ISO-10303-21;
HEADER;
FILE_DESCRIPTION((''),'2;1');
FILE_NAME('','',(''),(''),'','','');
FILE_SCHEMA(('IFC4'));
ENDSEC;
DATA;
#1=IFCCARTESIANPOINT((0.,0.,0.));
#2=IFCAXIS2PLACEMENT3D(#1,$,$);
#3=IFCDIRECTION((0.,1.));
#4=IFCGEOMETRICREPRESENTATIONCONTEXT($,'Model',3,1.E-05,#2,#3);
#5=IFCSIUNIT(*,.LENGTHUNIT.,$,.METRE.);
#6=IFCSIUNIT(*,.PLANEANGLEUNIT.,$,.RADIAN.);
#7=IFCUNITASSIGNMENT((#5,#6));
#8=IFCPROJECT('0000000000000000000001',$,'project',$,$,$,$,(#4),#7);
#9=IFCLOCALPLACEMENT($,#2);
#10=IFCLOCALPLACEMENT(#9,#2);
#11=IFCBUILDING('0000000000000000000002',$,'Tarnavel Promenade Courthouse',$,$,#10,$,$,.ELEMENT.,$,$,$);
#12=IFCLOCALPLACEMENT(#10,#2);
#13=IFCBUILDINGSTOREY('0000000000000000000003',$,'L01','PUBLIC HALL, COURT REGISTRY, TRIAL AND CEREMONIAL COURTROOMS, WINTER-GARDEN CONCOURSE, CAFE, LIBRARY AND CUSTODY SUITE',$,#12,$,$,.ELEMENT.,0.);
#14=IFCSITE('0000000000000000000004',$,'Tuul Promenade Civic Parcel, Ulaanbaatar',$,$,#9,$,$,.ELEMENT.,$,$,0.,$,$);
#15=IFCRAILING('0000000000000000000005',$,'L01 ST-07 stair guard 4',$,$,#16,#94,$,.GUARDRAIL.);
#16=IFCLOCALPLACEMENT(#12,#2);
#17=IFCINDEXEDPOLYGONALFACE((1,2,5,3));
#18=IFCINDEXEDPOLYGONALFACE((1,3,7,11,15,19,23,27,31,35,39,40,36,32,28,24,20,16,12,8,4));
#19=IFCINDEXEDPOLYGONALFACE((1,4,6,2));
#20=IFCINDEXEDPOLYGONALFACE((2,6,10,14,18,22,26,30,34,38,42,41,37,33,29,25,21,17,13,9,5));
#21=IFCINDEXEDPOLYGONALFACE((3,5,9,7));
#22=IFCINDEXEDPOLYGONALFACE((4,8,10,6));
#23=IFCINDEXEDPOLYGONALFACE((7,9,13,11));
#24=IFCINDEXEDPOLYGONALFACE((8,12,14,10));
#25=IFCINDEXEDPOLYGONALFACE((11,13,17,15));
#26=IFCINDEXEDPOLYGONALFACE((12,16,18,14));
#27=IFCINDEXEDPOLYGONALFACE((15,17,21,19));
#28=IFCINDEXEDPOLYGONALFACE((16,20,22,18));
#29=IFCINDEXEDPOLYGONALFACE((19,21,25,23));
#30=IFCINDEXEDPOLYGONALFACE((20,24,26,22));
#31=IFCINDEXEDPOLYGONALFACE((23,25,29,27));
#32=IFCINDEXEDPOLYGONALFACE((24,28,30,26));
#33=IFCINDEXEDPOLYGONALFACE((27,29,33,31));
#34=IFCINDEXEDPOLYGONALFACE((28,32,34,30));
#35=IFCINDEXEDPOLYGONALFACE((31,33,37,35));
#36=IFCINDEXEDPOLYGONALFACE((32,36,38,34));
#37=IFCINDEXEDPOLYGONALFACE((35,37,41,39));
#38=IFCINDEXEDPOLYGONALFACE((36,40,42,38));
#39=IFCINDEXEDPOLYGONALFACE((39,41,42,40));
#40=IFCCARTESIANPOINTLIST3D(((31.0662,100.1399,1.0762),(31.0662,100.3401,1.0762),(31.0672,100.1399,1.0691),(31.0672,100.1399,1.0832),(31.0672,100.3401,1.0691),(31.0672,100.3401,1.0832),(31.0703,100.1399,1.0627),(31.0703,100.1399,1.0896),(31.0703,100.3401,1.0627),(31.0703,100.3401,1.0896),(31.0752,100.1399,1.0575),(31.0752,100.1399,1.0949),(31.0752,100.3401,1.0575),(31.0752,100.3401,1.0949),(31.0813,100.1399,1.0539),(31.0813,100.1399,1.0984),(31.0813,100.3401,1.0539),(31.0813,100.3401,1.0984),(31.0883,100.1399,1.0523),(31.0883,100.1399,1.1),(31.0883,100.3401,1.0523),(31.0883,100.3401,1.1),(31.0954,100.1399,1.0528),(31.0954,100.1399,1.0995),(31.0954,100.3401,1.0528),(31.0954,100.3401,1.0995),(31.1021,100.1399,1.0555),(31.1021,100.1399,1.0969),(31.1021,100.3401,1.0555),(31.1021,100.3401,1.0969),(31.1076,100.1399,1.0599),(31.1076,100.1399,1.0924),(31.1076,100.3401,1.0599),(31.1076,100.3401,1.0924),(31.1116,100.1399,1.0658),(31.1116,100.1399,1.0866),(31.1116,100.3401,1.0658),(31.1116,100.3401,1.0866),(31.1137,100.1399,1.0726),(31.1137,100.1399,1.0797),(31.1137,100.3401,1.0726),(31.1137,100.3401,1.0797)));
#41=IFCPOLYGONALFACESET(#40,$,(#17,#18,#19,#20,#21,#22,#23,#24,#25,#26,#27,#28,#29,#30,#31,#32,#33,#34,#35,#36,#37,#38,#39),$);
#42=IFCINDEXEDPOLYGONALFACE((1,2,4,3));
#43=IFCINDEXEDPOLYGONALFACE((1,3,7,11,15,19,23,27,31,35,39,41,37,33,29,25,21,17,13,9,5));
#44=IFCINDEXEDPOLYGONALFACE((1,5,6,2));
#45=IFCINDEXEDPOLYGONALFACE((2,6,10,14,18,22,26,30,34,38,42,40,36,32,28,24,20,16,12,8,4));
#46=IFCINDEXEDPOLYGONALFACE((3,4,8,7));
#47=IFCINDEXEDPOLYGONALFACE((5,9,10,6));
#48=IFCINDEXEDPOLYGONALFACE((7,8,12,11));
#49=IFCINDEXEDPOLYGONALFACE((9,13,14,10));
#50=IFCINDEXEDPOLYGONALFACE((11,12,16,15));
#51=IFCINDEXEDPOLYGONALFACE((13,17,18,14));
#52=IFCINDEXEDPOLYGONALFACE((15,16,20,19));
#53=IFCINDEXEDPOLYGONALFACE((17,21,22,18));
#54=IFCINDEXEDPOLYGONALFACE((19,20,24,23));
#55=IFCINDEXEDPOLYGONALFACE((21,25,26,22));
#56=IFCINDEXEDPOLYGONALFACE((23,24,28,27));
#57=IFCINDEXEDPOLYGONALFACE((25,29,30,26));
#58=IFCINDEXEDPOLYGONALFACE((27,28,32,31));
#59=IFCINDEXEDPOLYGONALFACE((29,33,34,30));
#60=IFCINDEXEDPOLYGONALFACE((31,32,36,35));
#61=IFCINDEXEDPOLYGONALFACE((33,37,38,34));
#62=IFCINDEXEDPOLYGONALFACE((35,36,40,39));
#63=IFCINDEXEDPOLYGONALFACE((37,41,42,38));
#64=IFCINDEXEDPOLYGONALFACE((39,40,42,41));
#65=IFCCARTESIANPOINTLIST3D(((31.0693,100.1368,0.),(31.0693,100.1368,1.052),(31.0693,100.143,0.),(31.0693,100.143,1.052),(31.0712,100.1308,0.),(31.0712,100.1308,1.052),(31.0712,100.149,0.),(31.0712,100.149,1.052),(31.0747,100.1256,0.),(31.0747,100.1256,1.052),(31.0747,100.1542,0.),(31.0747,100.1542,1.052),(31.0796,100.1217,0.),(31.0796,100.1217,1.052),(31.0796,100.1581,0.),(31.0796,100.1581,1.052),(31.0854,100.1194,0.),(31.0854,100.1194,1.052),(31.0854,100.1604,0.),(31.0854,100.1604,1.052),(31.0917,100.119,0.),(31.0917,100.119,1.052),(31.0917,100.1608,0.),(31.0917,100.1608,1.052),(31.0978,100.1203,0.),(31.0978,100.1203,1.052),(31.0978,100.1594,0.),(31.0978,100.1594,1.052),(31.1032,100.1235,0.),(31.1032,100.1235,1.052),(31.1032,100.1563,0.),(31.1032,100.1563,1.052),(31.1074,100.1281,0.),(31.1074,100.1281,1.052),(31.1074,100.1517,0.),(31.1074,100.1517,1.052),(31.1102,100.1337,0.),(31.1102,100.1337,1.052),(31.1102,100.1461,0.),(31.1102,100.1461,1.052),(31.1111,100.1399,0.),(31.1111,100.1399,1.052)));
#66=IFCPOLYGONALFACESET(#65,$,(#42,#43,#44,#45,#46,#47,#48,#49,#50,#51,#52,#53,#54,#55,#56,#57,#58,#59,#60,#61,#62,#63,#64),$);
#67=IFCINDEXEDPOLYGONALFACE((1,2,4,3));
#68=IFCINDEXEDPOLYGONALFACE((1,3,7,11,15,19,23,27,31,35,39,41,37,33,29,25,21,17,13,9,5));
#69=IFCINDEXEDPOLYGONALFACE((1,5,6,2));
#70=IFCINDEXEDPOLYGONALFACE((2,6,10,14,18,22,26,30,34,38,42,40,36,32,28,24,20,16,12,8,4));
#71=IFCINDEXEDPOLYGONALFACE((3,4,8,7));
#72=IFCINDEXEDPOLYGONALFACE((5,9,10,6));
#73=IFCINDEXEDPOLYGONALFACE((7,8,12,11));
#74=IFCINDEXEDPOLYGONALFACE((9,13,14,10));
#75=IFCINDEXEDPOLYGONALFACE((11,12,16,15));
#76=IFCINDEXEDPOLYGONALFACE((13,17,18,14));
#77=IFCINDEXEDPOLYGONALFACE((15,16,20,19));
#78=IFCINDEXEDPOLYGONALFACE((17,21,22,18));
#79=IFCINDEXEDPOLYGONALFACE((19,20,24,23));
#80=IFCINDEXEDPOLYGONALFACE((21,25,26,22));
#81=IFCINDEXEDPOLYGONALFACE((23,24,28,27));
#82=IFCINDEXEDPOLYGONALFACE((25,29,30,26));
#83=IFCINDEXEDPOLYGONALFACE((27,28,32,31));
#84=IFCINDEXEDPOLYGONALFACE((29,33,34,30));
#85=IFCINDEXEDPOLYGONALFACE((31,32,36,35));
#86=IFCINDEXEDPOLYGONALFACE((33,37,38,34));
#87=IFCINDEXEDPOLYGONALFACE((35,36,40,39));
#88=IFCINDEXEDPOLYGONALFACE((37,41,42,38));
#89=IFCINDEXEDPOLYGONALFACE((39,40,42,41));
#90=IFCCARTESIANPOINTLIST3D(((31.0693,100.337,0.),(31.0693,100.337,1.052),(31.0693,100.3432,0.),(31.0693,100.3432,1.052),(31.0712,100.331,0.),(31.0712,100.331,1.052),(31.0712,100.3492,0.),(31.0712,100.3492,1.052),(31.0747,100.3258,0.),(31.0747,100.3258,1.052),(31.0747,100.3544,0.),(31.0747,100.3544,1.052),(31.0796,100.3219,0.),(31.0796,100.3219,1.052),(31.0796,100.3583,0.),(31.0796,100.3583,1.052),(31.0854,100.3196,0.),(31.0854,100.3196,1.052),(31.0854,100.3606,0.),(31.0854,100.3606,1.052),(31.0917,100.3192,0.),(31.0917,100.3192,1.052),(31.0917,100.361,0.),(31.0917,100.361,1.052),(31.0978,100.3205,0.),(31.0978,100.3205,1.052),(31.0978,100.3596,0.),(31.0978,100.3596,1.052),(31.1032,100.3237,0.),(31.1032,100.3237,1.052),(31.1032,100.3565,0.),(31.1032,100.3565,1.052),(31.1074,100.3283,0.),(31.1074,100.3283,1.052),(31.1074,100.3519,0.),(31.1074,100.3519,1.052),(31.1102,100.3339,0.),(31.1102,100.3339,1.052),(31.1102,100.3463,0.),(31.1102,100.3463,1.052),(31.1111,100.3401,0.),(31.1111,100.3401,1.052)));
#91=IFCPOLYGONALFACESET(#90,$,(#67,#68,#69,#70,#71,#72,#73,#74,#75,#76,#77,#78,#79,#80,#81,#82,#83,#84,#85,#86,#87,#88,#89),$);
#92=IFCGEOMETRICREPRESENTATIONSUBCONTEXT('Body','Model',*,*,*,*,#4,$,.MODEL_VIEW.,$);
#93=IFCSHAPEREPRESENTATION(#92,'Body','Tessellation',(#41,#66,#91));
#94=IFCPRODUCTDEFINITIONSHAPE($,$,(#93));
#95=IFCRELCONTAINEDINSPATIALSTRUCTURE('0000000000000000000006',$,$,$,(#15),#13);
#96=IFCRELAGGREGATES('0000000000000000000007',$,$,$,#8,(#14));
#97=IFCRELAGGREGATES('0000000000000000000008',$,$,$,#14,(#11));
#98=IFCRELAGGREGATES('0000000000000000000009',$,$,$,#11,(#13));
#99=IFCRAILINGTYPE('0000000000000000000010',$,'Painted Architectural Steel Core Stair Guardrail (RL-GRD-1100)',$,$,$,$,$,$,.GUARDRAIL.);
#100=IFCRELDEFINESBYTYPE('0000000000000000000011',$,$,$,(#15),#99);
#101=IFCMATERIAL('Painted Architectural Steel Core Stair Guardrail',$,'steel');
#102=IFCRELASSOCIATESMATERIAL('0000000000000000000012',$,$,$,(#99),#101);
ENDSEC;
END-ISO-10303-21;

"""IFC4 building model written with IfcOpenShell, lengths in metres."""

from ifc_helpers import new_model, si_unit, direction, frame, origin, origin_2d, place, context, subcontext, project, spatial, circle, extrude, material, type_object, element, save


model = new_model("IFC4")

# Units and contexts
model_context = context("Model", 3, precision=1e-05, world=origin(), true_north=direction((0.0, 1.0)))
body_context = subcontext(model_context, "Body", "Model", "MODEL_VIEW")
ifc_project = project(units=[si_unit("LENGTHUNIT", "METRE"), si_unit("PLANEANGLEUNIT", "RADIAN")], contexts=[model_context])

# Site, building, storey
site_placement = place(None, origin())
site = spatial("IfcSite", under=ifc_project, at=site_placement, Name="Tuul Promenade Civic Parcel, Ulaanbaatar", CompositionType="ELEMENT", RefElevation=0.0)
building_placement = place(site_placement, origin())
building = spatial("IfcBuilding", under=site, at=building_placement, Name="Tarnavel Promenade Courthouse", CompositionType="ELEMENT")
storey_placement = place(building_placement, origin())
storey = spatial("IfcBuildingStorey", under=building, at=storey_placement, Name="L01", Description="PUBLIC HALL, COURT REGISTRY, TRIAL AND CEREMONIAL COURTROOMS, WINTER-GARDEN CONCOURSE, CAFE, LIBRARY AND CUSTODY SUITE", CompositionType="ELEMENT", Elevation=0.0)

# Railing
ifc_material_1 = material(Name="Painted Architectural Steel Core Stair Guardrail", Category="steel")
railing_type_1 = type_object("IfcRailingType", Name="Painted Architectural Steel Core Stair Guardrail (RL-GRD-1100)", PredefinedType="GUARDRAIL", material=ifc_material_1)
railing_1_placement = place(storey_placement, frame((31.0901, 100.1399, 0.0)))
element("IfcRailing", 1, at=railing_1_placement, inside=storey, type_object=railing_type_1, Name="L01 ST-07 stair guard 4", PredefinedType="GUARDRAIL", context=body_context, shape_type="SweptSolid", body=[
    extrude(circle(Radius=0.0239, at=origin_2d()), frame((0.0, 0.0, 1.0762), z_axis=(0.0, 1.0, 0.0), x_axis=(-1.0, 0.0, 0.0)), (0.0, 0.0, 1.0), 0.2002),
    extrude(circle(Radius=0.021, at=origin_2d()), origin(), (0.0, 0.0, 1.0), 1.052),
    extrude(circle(Radius=0.021, at=origin_2d()), frame((0.0, 0.2002, 0.0)), (0.0, 0.0, 1.0), 1.052),
])

save(model, "model.ifc")
